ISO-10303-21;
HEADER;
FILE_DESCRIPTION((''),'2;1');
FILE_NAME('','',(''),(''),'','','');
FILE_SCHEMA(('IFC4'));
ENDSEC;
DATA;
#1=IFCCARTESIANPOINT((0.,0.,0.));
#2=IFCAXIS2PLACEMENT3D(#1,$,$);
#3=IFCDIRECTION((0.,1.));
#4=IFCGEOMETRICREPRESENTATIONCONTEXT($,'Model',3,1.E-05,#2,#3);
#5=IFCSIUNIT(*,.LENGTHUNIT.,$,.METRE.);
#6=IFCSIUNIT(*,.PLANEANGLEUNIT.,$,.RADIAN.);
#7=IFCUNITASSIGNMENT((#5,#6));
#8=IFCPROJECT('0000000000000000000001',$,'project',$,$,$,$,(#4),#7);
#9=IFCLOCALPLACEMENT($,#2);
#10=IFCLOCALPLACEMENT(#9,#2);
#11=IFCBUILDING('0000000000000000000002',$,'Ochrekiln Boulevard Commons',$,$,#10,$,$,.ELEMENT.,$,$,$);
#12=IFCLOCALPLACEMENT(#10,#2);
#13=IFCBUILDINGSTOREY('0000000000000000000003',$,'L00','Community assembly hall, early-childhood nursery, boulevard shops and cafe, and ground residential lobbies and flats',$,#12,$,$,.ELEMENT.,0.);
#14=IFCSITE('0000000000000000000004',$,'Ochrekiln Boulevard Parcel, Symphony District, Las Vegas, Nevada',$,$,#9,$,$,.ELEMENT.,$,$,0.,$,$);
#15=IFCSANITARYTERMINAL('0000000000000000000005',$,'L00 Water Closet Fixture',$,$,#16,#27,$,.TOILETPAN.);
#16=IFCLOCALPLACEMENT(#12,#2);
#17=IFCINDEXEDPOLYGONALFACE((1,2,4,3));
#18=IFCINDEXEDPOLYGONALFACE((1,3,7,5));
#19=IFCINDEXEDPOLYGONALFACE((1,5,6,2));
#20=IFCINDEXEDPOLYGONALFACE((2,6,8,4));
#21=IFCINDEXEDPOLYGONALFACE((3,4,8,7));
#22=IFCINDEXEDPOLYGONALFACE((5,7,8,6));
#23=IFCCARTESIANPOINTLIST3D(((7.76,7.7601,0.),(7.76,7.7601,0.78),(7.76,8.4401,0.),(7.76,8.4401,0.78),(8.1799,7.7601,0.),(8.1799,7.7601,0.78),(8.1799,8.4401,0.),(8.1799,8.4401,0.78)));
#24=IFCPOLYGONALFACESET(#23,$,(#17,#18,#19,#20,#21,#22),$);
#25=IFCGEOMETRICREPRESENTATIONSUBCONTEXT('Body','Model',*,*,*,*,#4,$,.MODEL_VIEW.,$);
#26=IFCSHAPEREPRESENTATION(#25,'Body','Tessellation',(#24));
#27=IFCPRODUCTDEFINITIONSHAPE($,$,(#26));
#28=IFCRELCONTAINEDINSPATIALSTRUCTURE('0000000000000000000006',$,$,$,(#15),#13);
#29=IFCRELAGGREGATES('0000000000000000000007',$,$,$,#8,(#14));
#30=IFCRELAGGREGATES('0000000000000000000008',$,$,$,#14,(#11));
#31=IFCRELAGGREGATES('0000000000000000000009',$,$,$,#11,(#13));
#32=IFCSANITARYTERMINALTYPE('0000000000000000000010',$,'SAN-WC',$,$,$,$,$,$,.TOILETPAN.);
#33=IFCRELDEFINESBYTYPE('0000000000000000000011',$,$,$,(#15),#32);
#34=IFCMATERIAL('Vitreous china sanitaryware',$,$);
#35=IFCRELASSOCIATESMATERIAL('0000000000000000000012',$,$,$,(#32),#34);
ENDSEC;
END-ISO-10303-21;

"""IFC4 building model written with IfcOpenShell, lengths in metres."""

from ifc_helpers import new_model, si_unit, direction, frame, origin, origin_2d, place, context, subcontext, project, spatial, rectangle, extrude, material, type_object, element, save


model = new_model("IFC4")

# Units and contexts
model_context = context("Model", 3, precision=1e-05, world=origin(), true_north=direction((0.0, 1.0)))
body_context = subcontext(model_context, "Body", "Model", "MODEL_VIEW")
ifc_project = project(units=[si_unit("LENGTHUNIT", "METRE"), si_unit("PLANEANGLEUNIT", "RADIAN")], contexts=[model_context])

# Site, building, storey
site_placement = place(None, origin())
site = spatial("IfcSite", under=ifc_project, at=site_placement, Name="Ochrekiln Boulevard Parcel, Symphony District, Las Vegas, Nevada", CompositionType="ELEMENT", RefElevation=0.0)
building_placement = place(site_placement, origin())
building = spatial("IfcBuilding", under=site, at=building_placement, Name="Ochrekiln Boulevard Commons", CompositionType="ELEMENT")
storey_placement = place(building_placement, origin())
storey = spatial("IfcBuildingStorey", under=building, at=storey_placement, Name="L00", Description="Community assembly hall, early-childhood nursery, boulevard shops and cafe, and ground residential lobbies and flats", CompositionType="ELEMENT", Elevation=0.0)

# Sanitary terminal
ifc_material_1 = material(Name="Vitreous china sanitaryware")
sanitary_terminal_type_1 = type_object("IfcSanitaryTerminalType", Name="SAN-WC", PredefinedType="TOILETPAN", material=ifc_material_1)
sanitary_terminal_1_placement = place(storey_placement, frame((7.97, 8.1001, 0.0), z_axis=(0.0, 0.0, 1.0), x_axis=(1.0, 0.0, 0.0)))
element("IfcSanitaryTerminal", 1, at=sanitary_terminal_1_placement, inside=storey, type_object=sanitary_terminal_type_1, Name="L00 Water Closet Fixture", PredefinedType="TOILETPAN", context=body_context, shape_type="SweptSolid", body=[
    extrude(rectangle(XDim=0.4199, YDim=0.6799, at=origin_2d()), origin(), (0.0, 0.0, 1.0), 0.78),
])

save(model, "model.ifc")
